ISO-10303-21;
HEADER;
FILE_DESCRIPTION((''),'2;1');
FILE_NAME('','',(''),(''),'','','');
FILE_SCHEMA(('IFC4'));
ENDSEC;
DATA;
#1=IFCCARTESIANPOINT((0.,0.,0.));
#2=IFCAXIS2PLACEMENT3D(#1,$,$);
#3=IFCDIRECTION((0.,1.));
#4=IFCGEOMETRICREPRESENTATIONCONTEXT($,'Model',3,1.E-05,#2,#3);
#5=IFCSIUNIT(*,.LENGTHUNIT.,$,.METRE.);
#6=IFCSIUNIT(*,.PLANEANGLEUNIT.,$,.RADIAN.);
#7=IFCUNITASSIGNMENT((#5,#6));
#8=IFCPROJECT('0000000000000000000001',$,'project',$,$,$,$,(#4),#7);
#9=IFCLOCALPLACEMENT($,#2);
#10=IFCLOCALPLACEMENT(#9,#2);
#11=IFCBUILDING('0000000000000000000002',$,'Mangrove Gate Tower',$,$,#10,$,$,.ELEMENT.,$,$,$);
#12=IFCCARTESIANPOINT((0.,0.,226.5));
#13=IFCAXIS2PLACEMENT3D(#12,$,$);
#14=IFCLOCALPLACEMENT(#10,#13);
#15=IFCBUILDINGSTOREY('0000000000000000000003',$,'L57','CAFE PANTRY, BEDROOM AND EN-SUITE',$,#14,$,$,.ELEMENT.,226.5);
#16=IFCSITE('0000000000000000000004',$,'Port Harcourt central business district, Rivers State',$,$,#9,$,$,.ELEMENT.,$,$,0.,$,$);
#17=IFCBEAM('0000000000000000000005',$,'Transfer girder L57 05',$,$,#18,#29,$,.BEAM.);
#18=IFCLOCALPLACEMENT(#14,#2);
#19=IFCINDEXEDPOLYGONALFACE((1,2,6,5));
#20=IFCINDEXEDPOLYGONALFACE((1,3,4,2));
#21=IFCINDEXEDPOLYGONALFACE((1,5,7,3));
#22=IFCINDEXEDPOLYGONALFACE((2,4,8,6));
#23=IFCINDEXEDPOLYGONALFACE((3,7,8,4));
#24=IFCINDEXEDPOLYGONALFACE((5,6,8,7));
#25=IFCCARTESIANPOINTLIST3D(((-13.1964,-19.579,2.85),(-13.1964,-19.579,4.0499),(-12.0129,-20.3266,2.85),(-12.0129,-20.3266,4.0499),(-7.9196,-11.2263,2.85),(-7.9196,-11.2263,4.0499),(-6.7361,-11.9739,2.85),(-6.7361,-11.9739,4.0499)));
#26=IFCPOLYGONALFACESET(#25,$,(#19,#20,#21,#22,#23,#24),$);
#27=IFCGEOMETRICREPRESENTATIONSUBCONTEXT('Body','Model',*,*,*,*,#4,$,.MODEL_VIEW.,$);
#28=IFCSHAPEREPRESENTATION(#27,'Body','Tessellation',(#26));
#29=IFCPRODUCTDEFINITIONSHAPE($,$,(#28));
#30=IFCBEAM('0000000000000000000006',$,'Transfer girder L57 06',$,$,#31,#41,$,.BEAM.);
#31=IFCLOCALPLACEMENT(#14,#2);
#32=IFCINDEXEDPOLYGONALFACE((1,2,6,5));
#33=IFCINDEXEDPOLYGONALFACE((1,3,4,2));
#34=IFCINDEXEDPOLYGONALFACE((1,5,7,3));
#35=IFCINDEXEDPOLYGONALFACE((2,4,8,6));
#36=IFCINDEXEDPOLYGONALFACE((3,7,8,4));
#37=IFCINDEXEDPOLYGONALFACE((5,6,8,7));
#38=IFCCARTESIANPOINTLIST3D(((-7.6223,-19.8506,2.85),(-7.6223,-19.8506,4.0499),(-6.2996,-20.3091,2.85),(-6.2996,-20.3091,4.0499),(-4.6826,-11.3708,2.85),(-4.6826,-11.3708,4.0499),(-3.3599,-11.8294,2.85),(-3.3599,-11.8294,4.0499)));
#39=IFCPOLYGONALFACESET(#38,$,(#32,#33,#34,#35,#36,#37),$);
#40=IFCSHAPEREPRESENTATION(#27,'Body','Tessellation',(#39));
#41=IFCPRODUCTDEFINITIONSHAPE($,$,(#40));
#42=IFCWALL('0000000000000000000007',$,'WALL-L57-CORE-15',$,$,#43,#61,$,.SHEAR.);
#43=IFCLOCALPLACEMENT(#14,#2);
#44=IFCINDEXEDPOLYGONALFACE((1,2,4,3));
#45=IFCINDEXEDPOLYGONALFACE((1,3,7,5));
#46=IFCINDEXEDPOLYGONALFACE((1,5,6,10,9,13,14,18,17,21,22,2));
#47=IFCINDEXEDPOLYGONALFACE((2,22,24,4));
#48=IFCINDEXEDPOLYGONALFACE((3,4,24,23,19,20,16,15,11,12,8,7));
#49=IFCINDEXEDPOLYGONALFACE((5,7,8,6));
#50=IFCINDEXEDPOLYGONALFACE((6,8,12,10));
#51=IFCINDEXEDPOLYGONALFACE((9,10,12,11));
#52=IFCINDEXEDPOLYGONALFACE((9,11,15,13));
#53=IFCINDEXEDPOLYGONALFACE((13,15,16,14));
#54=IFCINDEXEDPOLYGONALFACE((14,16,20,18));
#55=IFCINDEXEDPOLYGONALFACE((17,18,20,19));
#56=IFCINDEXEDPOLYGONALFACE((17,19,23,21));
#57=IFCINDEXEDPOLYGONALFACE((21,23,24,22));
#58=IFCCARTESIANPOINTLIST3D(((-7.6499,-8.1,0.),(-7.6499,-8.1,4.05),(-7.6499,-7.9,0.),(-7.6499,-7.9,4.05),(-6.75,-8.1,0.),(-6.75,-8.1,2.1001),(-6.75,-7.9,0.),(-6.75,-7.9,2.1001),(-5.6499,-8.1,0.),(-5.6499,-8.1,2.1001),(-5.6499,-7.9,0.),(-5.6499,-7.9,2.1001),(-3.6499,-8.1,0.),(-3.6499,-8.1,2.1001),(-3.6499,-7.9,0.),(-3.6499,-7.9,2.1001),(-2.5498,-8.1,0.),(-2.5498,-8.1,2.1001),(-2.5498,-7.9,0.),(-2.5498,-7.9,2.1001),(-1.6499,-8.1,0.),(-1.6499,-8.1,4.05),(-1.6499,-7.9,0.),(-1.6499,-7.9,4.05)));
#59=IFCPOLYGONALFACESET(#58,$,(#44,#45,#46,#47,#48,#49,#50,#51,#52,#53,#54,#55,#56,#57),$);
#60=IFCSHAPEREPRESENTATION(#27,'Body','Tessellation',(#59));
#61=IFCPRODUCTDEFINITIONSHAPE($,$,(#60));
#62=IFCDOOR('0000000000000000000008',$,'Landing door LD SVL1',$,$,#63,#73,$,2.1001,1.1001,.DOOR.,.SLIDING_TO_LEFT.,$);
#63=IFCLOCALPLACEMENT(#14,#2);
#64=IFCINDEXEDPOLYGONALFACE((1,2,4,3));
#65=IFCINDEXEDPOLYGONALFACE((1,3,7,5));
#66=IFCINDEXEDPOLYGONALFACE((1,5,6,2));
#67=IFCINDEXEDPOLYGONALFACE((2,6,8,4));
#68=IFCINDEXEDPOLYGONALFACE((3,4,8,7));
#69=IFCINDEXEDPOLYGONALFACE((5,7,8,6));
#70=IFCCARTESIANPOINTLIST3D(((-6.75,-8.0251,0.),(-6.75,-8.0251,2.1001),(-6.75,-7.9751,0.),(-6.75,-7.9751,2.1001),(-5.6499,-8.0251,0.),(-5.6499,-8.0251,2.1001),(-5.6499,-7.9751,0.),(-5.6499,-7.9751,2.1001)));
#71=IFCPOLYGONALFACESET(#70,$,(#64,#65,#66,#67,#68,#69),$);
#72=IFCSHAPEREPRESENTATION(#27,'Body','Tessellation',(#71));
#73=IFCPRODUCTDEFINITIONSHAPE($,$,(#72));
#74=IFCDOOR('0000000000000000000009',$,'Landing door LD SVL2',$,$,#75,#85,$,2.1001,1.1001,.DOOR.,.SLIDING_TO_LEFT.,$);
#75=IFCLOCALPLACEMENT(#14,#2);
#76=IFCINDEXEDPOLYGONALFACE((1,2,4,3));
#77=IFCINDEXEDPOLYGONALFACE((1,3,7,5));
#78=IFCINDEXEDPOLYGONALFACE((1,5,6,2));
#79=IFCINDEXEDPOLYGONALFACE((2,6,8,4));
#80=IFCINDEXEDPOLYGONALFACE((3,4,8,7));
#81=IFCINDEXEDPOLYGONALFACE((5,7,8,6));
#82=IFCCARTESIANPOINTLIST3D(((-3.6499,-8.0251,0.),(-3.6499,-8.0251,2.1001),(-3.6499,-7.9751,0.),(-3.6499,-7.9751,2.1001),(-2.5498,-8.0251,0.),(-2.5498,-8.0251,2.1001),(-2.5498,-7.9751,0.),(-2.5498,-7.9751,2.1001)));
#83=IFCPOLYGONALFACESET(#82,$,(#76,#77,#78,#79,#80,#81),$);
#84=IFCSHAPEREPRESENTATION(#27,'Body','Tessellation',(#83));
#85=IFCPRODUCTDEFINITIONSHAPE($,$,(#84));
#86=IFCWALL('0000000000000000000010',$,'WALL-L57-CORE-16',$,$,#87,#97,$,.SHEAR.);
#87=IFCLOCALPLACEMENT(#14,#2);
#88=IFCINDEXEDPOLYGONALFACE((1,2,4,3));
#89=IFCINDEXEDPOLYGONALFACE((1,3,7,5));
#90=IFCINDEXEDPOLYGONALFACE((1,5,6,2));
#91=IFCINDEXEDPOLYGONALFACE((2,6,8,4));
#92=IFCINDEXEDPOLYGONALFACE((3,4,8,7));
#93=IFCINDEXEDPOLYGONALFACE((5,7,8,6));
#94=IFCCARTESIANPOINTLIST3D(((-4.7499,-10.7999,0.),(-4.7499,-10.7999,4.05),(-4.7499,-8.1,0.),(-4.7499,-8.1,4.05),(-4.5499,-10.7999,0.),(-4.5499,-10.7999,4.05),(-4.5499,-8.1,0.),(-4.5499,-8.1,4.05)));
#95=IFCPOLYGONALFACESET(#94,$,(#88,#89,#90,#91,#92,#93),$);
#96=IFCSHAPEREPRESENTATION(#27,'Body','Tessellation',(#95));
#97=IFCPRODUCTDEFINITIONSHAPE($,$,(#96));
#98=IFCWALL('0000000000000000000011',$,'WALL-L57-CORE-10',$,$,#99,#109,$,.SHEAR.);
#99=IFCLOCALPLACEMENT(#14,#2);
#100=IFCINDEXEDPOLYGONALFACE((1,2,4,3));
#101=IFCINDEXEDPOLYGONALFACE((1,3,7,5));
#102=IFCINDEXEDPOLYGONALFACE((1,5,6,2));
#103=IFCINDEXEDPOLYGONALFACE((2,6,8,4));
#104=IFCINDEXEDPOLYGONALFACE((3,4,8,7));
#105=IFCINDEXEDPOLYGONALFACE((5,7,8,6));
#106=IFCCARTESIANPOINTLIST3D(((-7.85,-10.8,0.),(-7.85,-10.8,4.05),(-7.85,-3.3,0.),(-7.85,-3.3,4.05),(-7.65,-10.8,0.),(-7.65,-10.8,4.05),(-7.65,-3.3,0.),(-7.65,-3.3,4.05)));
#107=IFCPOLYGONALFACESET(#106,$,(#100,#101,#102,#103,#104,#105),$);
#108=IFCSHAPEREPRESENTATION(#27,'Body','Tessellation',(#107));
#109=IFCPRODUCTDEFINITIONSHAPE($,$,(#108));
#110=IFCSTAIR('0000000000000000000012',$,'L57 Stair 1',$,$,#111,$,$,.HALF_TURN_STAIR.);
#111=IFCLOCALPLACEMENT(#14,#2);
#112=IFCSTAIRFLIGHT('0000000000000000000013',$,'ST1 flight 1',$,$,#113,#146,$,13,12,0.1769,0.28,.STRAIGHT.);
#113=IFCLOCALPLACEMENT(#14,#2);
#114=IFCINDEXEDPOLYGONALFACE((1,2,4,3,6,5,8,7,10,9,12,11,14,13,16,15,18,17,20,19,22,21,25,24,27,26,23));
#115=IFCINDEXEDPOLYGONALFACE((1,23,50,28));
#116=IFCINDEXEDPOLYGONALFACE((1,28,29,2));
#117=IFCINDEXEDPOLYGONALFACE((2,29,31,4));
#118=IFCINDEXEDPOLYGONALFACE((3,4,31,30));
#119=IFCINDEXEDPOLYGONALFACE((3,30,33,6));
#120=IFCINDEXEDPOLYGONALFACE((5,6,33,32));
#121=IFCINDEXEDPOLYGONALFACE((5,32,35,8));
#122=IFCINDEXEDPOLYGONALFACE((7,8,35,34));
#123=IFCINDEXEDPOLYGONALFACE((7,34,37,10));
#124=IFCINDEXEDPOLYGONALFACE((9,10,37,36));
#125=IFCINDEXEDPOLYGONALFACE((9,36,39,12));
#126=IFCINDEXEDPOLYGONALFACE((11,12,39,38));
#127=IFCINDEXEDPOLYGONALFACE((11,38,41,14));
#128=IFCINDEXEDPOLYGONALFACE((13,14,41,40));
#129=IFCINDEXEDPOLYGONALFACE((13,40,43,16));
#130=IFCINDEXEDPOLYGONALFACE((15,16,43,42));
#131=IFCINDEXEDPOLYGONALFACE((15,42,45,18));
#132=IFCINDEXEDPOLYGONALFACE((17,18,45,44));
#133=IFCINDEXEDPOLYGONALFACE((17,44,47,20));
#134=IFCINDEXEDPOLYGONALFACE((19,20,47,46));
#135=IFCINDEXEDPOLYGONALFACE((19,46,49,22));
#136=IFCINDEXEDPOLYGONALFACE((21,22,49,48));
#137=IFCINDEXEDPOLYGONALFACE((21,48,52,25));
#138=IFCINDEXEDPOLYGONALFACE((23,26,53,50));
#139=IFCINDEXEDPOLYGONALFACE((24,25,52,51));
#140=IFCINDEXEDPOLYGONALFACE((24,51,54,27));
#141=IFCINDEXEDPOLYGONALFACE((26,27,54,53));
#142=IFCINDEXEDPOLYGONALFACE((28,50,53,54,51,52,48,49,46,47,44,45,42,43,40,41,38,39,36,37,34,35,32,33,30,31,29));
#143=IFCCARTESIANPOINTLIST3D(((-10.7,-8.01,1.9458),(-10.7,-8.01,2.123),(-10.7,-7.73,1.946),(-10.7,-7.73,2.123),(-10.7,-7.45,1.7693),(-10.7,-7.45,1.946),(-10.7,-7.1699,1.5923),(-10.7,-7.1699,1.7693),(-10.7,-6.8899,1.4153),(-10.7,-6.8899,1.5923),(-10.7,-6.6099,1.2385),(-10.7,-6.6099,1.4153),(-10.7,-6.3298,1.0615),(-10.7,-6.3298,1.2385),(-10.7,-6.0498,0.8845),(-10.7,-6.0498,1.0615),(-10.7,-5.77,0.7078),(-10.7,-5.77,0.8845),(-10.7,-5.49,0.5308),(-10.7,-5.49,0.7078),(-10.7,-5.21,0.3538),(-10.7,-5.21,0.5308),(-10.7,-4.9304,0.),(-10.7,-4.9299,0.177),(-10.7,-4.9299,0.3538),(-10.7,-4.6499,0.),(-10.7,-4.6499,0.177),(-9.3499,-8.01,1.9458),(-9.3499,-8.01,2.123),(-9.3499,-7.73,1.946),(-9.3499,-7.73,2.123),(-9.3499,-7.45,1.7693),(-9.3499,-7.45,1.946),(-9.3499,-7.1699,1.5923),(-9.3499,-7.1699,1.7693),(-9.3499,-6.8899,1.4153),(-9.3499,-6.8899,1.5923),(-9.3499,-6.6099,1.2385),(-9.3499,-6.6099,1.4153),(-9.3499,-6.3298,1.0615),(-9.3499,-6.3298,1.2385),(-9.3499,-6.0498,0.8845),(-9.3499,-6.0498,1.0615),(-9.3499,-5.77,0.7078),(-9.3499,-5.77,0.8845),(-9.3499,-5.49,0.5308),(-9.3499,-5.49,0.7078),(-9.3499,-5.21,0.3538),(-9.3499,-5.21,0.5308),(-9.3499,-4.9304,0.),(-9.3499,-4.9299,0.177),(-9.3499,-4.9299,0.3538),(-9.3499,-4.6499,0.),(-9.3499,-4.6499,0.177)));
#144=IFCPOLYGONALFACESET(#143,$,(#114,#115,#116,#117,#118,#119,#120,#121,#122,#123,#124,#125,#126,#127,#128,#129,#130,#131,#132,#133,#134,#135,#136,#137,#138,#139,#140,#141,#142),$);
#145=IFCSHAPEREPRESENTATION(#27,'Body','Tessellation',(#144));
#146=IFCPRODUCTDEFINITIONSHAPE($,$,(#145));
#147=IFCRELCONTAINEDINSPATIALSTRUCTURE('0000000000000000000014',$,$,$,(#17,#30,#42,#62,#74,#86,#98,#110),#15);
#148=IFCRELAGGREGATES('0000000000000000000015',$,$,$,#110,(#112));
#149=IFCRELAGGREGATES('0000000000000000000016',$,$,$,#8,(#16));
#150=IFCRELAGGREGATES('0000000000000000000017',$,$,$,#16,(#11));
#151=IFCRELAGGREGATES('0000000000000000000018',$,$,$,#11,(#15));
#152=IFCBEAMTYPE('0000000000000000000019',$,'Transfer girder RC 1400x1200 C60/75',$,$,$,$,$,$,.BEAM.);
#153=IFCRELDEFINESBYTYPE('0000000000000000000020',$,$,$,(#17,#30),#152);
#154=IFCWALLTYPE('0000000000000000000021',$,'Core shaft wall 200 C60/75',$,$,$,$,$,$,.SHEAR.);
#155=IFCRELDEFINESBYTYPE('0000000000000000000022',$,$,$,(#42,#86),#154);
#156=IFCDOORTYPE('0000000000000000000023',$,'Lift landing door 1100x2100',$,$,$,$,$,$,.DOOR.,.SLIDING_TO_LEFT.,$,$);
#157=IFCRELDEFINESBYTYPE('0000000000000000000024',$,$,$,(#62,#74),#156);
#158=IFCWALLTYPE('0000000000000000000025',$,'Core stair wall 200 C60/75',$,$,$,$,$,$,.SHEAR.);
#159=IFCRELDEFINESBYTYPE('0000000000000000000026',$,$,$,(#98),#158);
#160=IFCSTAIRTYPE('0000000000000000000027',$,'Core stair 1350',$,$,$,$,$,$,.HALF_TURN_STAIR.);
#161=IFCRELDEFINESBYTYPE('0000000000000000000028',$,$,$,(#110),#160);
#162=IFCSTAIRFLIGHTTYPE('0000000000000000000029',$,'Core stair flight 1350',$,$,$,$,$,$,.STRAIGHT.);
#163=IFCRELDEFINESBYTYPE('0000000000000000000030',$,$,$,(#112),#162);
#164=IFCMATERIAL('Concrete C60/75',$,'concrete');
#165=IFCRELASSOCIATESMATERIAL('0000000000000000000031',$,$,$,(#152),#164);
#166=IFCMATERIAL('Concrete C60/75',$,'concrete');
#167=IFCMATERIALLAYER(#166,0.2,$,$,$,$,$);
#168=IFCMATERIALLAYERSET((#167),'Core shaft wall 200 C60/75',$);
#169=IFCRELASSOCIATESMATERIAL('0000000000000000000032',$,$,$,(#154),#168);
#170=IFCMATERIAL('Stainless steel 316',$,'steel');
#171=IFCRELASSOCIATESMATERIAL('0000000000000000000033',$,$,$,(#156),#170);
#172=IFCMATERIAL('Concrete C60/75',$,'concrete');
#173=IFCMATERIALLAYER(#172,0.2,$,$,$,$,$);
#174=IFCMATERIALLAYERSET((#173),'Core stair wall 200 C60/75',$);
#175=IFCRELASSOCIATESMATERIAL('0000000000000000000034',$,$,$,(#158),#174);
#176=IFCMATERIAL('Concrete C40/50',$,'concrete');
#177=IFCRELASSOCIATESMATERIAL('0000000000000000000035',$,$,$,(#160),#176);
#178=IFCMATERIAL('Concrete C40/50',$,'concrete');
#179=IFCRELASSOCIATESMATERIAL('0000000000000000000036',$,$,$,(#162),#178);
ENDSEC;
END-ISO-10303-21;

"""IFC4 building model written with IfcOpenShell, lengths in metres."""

from ifc_helpers import new_model, si_unit, direction, frame, frame_2d, origin, origin_2d, place, context, subcontext, project, spatial, polyline, rectangle, outline, extrude, material, layer, layer_set, material_profile, profile_set, type_object, element, fill, aggregate, save


model = new_model("IFC4")

# Units and contexts
model_context = context("Model", 3, precision=1e-05, world=origin(), true_north=direction((0.0, 1.0)))
body_context = subcontext(model_context, "Body", "Model", "MODEL_VIEW")
ifc_project = project(units=[si_unit("LENGTHUNIT", "METRE"), si_unit("PLANEANGLEUNIT", "RADIAN")], contexts=[model_context])

# Site, building, storey
site_placement = place(None, origin())
site = spatial("IfcSite", under=ifc_project, at=site_placement, Name="Port Harcourt central business district, Rivers State", CompositionType="ELEMENT", RefElevation=0.0)
building_placement = place(site_placement, origin())
building = spatial("IfcBuilding", under=site, at=building_placement, Name="Mangrove Gate Tower", CompositionType="ELEMENT")
storey_placement = place(building_placement, frame((0.0, 0.0, 226.5)))
storey = spatial("IfcBuildingStorey", under=building, at=storey_placement, Name="L57", Description="CAFE PANTRY, BEDROOM AND EN-SUITE", CompositionType="ELEMENT", Elevation=226.5)

# Beams
ifc_material_1 = material(Name="Concrete C60/75", Category="concrete")
ifc_material_profile = material_profile(ifc_material_1, rectangle(XDim=1.3999, YDim=1.2, at=origin_2d()))
ifc_profile_set = profile_set([ifc_material_profile], Name="Concrete C60/75")
beam_type = type_object("IfcBeamType", Name="Transfer girder RC 1400x1200 C60/75", PredefinedType="BEAM", material=ifc_profile_set)
beam_1_placement = place(storey_placement, frame((-7.3279, -11.6001, 3.45), z_axis=(-0.534095, -0.845424, 0.0), x_axis=(0.845424, -0.534095, 0.0)))
element("IfcBeam", 1, at=beam_1_placement, inside=storey, type_object=beam_type, Name="Transfer girder L57 05", PredefinedType="BEAM", context=body_context, shape_type="SweptSolid", body=[
    extrude(rectangle(XDim=1.3999, YDim=1.2, at=origin_2d()), origin(), (0.0, 0.0, 1.0), 9.8799),
])
beam_2_placement = place(storey_placement, frame((-4.0212, -11.6001, 3.45), z_axis=(-0.327549, -0.944834, 0.0), x_axis=(0.944834, -0.327549, 0.0)))
element("IfcBeam", 2, at=beam_2_placement, inside=storey, type_object=beam_type, Name="Transfer girder L57 06", PredefinedType="BEAM", context=body_context, shape_type="SweptSolid", body=[
    extrude(rectangle(XDim=1.3999, YDim=1.2, at=origin_2d()), origin(), (0.0, 0.0, 1.0), 8.9749),
])

# Wall, openings, doors
ifc_material_2 = material(Name="Concrete C60/75", Category="concrete")
ifc_layer_1 = layer(ifc_material_2, 0.2)
ifc_layer_set_1 = layer_set([ifc_layer_1], Name="Core shaft wall 200 C60/75")
wall_type_1 = type_object("IfcWallType", Name="Core shaft wall 200 C60/75", PredefinedType="SHEAR", material=ifc_layer_set_1)
wall_1_placement = place(storey_placement, frame((-7.6499, -8.0, 0.0), z_axis=(0.0, 0.0, 1.0), x_axis=(1.0, 0.0, 0.0)))
wall_1 = element("IfcWall", 3, at=wall_1_placement, inside=storey, type_object=wall_type_1, Name="WALL-L57-CORE-15", PredefinedType="SHEAR", context=body_context, shape_type="SweptSolid", body=[
    extrude(rectangle(XDim=6.0, YDim=0.2, at=frame_2d((3.0, 0.0))), origin(), (0.0, 0.0, 1.0), 4.05),
])
opening_1_placement = place(wall_1_placement, frame((0.8999, 0.0, 0.0)))
opening_1 = element("IfcOpeningElement", 4, at=opening_1_placement, cuts=wall_1, PredefinedType="OPENING", context=body_context, shape_type="SweptSolid", body=[
    extrude(rectangle(XDim=1.1001, YDim=2.1001, at=frame_2d((0.55, 1.05))), frame((0.0, 0.1099, 0.0), z_axis=(0.0, -1.0, 0.0), x_axis=(1.0, 0.0, 0.0)), (0.0, 0.0, 1.0), 0.22),
])
opening_2_placement = place(wall_1_placement, frame((4.0, 0.0, 0.0)))
opening_2 = element("IfcOpeningElement", 5, at=opening_2_placement, cuts=wall_1, PredefinedType="OPENING", context=body_context, shape_type="SweptSolid", body=[
    extrude(rectangle(XDim=1.1001, YDim=2.1001, at=frame_2d((0.55, 1.05))), frame((0.0, 0.1099, 0.0), z_axis=(0.0, -1.0, 0.0), x_axis=(1.0, 0.0, 0.0)), (0.0, 0.0, 1.0), 0.22),
])
ifc_material_3 = material(Name="Stainless steel 316", Category="steel")
door_type = type_object("IfcDoorType", Name="Lift landing door 1100x2100", OperationType="SLIDING_TO_LEFT", PredefinedType="DOOR", material=ifc_material_3)
door_1_placement = place(opening_1_placement, origin())
door_1 = element("IfcDoor", 6, at=door_1_placement, inside=storey, type_object=door_type, Name="Landing door LD SVL1", OperationType="SLIDING_TO_LEFT", OverallHeight=2.1001, OverallWidth=1.1001, PredefinedType="DOOR", context=body_context, shape_type="SweptSolid", body=[
    extrude(rectangle(XDim=1.1001, YDim=2.1001, at=frame_2d((0.55, 1.05))), frame((0.0, 0.0249, 0.0), z_axis=(0.0, -1.0, 0.0), x_axis=(1.0, 0.0, 0.0)), (0.0, 0.0, 1.0), 0.05),
])
fill(opening_1, door_1)
door_2_placement = place(opening_2_placement, origin())
door_2 = element("IfcDoor", 7, at=door_2_placement, inside=storey, type_object=door_type, Name="Landing door LD SVL2", OperationType="SLIDING_TO_LEFT", OverallHeight=2.1001, OverallWidth=1.1001, PredefinedType="DOOR", context=body_context, shape_type="SweptSolid", body=[
    extrude(rectangle(XDim=1.1001, YDim=2.1001, at=frame_2d((0.55, 1.05))), frame((0.0, 0.0249, 0.0), z_axis=(0.0, -1.0, 0.0), x_axis=(1.0, 0.0, 0.0)), (0.0, 0.0, 1.0), 0.05),
])
fill(opening_2, door_2)

# Walls
wall_2_placement = place(storey_placement, frame((-4.6499, -10.8, 0.0), z_axis=(0.0, 0.0, 1.0), x_axis=(0.0, 1.0, 0.0)))
element("IfcWall", 8, at=wall_2_placement, inside=storey, type_object=wall_type_1, Name="WALL-L57-CORE-16", PredefinedType="SHEAR", context=body_context, shape_type="SweptSolid", body=[
    extrude(rectangle(XDim=2.7, YDim=0.2, at=frame_2d((1.3501, 0.0))), origin(), (0.0, 0.0, 1.0), 4.05),
])
ifc_material_4 = material(Name="Concrete C60/75", Category="concrete")
ifc_layer_2 = layer(ifc_material_4, 0.2)
ifc_layer_set_2 = layer_set([ifc_layer_2], Name="Core stair wall 200 C60/75")
wall_type_2 = type_object("IfcWallType", Name="Core stair wall 200 C60/75", PredefinedType="SHEAR", material=ifc_layer_set_2)
wall_3_placement = place(storey_placement, frame((-7.75, -10.8, 0.0), z_axis=(0.0, 0.0, 1.0), x_axis=(0.0, 1.0, 0.0)))
element("IfcWall", 9, at=wall_3_placement, inside=storey, type_object=wall_type_2, Name="WALL-L57-CORE-10", PredefinedType="SHEAR", context=body_context, shape_type="SweptSolid", body=[
    extrude(rectangle(XDim=7.5, YDim=0.2, at=frame_2d((3.75, 0.0))), origin(), (0.0, 0.0, 1.0), 4.05),
])

# Stair, stair flight
ifc_material_5 = material(Name="Concrete C40/50", Category="concrete")
stair_type = type_object("IfcStairType", Name="Core stair 1350", PredefinedType="HALF_TURN_STAIR", material=ifc_material_5)
stair_placement = place(storey_placement, origin())
stair = element("IfcStair", 10, at=stair_placement, inside=storey, type_object=stair_type, Name="L57 Stair 1", PredefinedType="HALF_TURN_STAIR")
ifc_material_6 = material(Name="Concrete C40/50", Category="concrete")
stair_flight_type = type_object("IfcStairFlightType", Name="Core stair flight 1350", PredefinedType="STRAIGHT", material=ifc_material_6)
stair_flight_1_placement = place(storey_placement, frame((-10.0249, -4.6499, 0.0), z_axis=(0.0, 0.0, 1.0), x_axis=(0.0, -1.0, 0.0)))
stair_flight_1 = element("IfcStairFlight", 11, at=stair_flight_1_placement, type_object=stair_flight_type, Name="ST1 flight 1", NumberOfRisers=13, NumberOfTreads=12, PredefinedType="STRAIGHT", RiserHeight=0.1769, TreadLength=0.28, context=body_context, shape_type="SweptSolid", body=[
    extrude(outline(polyline([(0.0, 0.0), (0.0, 0.177), (0.28, 0.177), (0.28, 0.3538), (0.5601, 0.3538), (0.5601, 0.5308), (0.8401, 0.5308), (0.8401, 0.7078), (1.1201, 0.7078), (1.1201, 0.8845), (1.3999, 0.8845), (1.3999, 1.0615), (1.6799, 1.0615), (1.6799, 1.2385), (1.96, 1.2385), (1.96, 1.4153), (2.24, 1.4153), (2.24, 1.5923), (2.52, 1.5923), (2.52, 1.7693), (2.8, 1.7693), (2.8, 1.946), (3.0801, 1.946), (3.0801, 2.123), (3.3601, 2.123), (3.3601, 2.3), (3.3601, 1.9458), (0.2805, 0.0), (0.0, 0.0)])), frame((0.0, 0.675, 0.0), z_axis=(0.0, -1.0, 0.0), x_axis=(1.0, 0.0, 0.0)), (0.0, 0.0, 1.0), 1.3501),
])
aggregate(stair, [stair_flight_1])

save(model, "model.ifc")
